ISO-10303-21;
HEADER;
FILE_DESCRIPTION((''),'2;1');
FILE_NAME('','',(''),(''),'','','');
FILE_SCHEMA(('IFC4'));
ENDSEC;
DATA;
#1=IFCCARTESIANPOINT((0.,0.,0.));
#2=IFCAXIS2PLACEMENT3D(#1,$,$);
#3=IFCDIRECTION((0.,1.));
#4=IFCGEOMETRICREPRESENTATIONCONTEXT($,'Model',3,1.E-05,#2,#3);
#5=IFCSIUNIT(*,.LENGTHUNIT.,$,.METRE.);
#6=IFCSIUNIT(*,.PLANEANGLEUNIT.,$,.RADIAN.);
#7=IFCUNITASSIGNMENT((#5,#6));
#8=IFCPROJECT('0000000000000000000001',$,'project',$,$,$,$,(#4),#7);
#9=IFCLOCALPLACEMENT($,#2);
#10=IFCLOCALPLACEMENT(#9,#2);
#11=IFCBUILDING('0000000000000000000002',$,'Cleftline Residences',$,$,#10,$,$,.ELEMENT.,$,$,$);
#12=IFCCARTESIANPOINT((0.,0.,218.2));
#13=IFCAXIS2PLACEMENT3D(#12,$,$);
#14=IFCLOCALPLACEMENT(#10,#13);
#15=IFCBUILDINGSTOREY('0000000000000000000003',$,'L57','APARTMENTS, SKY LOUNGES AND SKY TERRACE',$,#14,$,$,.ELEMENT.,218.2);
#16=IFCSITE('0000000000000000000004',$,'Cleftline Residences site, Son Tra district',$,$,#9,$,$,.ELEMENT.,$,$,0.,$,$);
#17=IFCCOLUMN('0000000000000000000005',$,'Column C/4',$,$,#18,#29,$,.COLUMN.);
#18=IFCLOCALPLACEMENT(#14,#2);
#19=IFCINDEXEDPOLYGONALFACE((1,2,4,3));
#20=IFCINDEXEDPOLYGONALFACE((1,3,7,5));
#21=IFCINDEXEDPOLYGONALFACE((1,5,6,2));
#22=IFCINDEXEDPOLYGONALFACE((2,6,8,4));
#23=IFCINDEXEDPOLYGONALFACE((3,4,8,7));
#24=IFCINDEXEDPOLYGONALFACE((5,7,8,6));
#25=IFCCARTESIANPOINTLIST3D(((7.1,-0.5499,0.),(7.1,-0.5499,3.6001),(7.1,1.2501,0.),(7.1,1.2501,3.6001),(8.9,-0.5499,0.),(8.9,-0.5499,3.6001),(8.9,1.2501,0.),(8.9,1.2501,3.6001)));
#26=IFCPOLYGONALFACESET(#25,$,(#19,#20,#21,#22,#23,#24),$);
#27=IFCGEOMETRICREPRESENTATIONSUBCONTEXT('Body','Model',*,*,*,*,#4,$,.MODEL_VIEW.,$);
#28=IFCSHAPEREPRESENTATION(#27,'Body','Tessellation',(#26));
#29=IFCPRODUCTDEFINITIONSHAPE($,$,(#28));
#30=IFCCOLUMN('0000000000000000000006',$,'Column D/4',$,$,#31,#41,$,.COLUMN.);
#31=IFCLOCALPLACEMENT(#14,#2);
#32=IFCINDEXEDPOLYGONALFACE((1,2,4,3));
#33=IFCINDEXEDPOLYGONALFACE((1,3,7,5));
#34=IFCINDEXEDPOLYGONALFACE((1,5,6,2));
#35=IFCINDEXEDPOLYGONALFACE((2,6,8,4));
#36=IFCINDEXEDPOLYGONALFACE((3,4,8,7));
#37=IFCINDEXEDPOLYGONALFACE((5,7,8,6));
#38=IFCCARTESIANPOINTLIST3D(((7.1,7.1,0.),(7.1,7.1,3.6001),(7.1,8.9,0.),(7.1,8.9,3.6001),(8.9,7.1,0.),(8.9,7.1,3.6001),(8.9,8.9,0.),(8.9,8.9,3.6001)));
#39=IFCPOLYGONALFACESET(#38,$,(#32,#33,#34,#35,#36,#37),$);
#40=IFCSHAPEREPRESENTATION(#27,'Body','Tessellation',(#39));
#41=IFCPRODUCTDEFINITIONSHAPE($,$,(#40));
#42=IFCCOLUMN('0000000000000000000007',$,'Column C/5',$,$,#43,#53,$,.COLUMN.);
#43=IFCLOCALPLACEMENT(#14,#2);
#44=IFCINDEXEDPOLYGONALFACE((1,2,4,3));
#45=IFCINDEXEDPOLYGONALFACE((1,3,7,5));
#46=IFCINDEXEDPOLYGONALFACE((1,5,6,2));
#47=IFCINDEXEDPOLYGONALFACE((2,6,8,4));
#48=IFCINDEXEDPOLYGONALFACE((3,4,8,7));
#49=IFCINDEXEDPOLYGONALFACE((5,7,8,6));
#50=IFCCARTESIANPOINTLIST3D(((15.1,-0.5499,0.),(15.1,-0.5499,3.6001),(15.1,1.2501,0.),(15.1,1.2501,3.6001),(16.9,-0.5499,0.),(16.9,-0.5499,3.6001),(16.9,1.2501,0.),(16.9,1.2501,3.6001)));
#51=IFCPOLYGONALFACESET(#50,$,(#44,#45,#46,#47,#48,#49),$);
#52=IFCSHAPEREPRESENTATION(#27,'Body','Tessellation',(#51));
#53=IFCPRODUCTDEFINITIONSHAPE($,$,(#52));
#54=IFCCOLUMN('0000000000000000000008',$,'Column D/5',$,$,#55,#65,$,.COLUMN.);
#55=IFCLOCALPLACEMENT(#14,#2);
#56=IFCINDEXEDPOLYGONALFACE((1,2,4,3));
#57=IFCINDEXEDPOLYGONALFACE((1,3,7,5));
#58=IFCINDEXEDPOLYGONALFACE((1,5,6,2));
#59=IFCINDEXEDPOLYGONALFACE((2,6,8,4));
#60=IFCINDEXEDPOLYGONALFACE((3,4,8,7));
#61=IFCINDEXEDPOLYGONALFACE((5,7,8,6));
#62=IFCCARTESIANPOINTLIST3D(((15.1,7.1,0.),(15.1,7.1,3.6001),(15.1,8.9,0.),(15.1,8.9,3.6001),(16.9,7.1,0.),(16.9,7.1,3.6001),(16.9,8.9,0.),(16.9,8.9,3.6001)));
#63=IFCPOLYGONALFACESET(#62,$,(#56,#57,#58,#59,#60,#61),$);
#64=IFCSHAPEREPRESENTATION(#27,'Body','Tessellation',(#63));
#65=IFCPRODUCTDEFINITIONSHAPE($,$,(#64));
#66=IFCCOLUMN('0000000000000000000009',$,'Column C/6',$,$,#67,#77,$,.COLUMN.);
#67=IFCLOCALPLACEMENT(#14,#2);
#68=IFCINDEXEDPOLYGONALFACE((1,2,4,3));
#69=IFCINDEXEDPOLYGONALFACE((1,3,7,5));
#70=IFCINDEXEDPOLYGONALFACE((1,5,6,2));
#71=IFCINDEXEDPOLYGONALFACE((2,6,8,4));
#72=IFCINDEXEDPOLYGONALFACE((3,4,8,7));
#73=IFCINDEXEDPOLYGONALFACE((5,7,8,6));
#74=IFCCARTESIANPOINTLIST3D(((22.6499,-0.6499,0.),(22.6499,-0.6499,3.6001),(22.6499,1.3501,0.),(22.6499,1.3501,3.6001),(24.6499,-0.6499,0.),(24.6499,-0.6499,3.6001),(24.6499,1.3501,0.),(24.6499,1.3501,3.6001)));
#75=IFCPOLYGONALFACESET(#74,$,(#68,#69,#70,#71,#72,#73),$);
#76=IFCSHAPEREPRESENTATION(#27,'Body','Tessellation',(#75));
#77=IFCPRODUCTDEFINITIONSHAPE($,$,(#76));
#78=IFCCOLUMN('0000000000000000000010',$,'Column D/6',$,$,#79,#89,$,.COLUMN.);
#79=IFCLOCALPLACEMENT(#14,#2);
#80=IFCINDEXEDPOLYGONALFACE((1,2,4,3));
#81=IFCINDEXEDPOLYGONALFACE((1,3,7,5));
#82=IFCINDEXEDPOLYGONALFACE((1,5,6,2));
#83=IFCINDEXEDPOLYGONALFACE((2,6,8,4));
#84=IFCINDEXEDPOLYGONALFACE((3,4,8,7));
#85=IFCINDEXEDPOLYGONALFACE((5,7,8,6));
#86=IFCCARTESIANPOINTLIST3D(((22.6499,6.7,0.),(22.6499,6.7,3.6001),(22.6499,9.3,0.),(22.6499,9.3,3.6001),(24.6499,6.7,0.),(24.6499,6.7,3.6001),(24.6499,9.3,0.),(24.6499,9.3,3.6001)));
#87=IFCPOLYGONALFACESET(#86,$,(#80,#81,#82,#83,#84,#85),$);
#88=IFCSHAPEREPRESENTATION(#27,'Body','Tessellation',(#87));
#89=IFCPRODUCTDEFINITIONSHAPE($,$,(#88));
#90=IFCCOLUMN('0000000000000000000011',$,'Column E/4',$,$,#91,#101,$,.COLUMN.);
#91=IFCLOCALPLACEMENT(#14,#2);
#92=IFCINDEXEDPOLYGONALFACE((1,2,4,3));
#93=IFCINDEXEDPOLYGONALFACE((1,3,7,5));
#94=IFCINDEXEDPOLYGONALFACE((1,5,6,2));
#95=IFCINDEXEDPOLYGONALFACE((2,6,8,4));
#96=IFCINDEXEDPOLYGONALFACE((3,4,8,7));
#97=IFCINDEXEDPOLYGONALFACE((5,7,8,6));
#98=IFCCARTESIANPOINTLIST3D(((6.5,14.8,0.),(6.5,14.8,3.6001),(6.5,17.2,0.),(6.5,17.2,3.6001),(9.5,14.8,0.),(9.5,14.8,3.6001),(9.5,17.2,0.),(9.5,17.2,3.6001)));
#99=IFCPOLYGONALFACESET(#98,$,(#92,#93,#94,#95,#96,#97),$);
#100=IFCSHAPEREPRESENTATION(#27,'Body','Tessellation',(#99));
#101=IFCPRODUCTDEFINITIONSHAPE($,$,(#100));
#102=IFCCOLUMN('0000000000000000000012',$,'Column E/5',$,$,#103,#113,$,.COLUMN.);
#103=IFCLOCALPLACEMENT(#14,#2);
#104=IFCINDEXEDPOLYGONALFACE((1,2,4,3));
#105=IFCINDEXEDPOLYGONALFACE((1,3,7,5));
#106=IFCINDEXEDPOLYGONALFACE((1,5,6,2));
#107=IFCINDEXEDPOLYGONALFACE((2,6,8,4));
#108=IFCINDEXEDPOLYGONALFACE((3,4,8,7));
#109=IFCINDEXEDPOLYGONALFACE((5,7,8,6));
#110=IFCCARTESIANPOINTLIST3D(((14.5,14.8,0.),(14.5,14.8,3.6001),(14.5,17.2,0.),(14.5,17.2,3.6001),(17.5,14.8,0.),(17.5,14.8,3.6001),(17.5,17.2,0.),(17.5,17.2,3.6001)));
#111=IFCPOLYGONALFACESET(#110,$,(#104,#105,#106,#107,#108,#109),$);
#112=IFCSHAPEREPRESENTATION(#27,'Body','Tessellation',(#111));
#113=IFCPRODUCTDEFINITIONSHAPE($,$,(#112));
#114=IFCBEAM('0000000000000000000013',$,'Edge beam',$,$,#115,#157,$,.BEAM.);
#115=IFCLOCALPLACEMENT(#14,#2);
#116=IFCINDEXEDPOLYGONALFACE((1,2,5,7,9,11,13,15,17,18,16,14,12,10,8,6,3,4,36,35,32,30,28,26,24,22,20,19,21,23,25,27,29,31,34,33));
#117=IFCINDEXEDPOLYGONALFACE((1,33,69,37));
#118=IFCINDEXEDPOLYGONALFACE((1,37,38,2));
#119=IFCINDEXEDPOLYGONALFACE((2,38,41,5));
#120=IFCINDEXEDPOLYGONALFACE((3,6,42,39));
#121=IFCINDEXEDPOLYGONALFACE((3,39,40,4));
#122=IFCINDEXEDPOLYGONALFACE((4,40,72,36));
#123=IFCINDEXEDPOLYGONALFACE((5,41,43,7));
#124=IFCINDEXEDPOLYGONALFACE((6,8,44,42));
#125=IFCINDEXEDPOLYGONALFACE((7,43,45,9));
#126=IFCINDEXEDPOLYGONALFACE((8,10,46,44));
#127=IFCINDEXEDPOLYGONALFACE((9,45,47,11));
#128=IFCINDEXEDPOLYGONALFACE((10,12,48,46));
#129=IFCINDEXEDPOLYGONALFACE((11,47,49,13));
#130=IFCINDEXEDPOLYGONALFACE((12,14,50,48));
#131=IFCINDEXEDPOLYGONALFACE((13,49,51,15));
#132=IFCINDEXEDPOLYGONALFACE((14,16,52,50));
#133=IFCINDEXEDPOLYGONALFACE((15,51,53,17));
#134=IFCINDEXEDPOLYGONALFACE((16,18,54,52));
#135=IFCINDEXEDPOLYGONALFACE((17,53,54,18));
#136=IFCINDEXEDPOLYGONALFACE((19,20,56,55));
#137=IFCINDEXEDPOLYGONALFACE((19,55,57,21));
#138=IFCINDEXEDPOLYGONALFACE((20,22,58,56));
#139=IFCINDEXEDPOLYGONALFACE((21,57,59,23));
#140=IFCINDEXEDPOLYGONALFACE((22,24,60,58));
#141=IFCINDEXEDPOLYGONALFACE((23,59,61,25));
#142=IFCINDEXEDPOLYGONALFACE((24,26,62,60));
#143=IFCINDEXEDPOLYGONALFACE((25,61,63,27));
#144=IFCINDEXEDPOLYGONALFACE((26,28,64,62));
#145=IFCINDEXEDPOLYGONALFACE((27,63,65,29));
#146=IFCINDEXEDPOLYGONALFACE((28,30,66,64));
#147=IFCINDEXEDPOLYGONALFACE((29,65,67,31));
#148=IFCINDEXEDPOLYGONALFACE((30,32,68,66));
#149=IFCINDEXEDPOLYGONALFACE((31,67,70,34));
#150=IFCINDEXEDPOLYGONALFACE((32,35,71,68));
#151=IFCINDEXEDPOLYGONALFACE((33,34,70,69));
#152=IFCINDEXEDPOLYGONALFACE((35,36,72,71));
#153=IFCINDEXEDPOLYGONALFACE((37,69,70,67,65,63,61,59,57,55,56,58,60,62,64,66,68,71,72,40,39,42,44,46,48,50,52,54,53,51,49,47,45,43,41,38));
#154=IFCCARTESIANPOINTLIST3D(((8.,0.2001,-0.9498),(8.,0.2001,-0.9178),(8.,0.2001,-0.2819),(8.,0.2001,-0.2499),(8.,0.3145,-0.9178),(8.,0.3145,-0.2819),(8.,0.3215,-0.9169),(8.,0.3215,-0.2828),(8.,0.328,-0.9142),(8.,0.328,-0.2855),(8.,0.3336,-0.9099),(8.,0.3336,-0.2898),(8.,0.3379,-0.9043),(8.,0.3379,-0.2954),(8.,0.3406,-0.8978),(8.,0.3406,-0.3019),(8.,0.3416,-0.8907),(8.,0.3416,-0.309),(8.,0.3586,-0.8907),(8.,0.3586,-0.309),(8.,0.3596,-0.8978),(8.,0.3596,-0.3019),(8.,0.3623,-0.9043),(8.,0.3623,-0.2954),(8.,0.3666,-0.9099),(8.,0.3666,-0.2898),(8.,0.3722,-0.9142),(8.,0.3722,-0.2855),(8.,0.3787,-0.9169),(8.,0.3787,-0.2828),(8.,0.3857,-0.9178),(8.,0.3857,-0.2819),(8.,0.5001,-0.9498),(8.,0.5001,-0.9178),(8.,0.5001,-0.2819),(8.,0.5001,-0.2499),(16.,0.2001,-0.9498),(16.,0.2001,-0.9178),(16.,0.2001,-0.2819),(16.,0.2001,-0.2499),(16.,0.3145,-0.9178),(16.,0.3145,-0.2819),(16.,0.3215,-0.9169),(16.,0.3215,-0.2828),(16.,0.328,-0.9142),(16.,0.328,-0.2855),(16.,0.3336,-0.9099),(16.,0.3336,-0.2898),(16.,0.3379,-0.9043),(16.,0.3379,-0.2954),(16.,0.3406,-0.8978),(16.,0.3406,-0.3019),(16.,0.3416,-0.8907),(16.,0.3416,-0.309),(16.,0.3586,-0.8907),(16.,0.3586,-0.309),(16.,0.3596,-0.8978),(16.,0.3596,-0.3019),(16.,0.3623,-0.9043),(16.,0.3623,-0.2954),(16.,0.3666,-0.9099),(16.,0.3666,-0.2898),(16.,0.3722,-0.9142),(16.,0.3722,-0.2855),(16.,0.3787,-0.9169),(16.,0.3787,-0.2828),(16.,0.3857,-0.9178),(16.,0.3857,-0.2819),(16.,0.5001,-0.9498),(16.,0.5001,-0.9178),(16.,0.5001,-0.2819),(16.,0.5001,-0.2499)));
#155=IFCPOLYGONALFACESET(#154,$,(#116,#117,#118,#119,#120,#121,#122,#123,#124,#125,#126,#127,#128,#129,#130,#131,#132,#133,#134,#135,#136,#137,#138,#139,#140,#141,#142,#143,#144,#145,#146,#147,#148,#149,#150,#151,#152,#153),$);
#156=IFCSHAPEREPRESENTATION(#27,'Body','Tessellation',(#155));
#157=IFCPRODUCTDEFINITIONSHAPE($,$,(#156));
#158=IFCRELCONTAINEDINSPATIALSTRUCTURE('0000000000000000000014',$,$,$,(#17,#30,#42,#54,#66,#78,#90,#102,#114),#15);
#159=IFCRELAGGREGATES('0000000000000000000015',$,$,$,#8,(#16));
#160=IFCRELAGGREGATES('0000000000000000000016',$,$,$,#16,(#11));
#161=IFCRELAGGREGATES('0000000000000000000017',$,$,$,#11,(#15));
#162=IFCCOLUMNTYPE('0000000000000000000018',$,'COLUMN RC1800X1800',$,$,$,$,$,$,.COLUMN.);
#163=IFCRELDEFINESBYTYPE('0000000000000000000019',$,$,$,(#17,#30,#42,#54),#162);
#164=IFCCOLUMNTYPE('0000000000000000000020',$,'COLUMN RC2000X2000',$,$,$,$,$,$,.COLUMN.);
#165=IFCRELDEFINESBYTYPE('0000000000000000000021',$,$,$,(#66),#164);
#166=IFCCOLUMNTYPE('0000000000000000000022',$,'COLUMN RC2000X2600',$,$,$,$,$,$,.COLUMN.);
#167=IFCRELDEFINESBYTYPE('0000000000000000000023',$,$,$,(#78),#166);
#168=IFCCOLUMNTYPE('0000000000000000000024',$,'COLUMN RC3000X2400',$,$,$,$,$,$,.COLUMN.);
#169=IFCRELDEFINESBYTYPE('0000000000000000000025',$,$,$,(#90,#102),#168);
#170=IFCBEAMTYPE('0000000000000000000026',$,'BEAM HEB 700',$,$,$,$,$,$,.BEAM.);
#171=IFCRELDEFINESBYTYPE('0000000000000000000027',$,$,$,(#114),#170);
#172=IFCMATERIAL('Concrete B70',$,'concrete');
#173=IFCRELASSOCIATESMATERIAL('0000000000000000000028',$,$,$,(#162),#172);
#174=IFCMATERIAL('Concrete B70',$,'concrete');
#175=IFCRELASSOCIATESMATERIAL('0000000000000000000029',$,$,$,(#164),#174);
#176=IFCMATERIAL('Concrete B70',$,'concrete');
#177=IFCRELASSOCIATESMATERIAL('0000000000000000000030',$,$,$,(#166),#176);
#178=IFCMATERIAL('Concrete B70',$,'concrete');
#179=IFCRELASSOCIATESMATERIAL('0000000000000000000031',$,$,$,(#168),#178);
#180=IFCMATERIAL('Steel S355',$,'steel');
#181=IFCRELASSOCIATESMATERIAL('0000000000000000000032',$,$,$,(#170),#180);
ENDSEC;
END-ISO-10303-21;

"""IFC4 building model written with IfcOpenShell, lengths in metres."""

from ifc_helpers import new_model, si_unit, direction, frame, origin, origin_2d, place, context, subcontext, project, spatial, rectangle, i_section, extrude, material, material_profile, profile_set, type_object, element, save


model = new_model("IFC4")

# Units and contexts
model_context = context("Model", 3, precision=1e-05, world=origin(), true_north=direction((0.0, 1.0)))
body_context = subcontext(model_context, "Body", "Model", "MODEL_VIEW")
ifc_project = project(units=[si_unit("LENGTHUNIT", "METRE"), si_unit("PLANEANGLEUNIT", "RADIAN")], contexts=[model_context])

# Site, building, storey
site_placement = place(None, origin())
site = spatial("IfcSite", under=ifc_project, at=site_placement, Name="Cleftline Residences site, Son Tra district", CompositionType="ELEMENT", RefElevation=0.0)
building_placement = place(site_placement, origin())
building = spatial("IfcBuilding", under=site, at=building_placement, Name="Cleftline Residences", CompositionType="ELEMENT")
storey_placement = place(building_placement, frame((0.0, 0.0, 218.2)))
storey = spatial("IfcBuildingStorey", under=building, at=storey_placement, Name="L57", Description="APARTMENTS, SKY LOUNGES AND SKY TERRACE", CompositionType="ELEMENT", Elevation=218.2)

# Columns
ifc_material_1 = material(Name="Concrete B70", Category="concrete")
ifc_material_profile_1 = material_profile(ifc_material_1, rectangle(XDim=1.8, YDim=1.8, at=origin_2d()))
ifc_profile_set_1 = profile_set([ifc_material_profile_1], Name="Concrete B70")
column_type_1 = type_object("IfcColumnType", Name="COLUMN RC1800X1800", PredefinedType="COLUMN", material=ifc_profile_set_1)
for number, where, z_axis, x_axis, name in (
    (1, (8.0, 0.3501, 0.0), (0.0, 0.0, 1.0), (1.0, 0.0, 0.0), "Column C/4"),
    (2, (8.0, 8.0, 0.0), (0.0, 0.0, 1.0), (1.0, 0.0, 0.0), "Column D/4"),
    (3, (16.0, 0.3501, 0.0), (0.0, 0.0, 1.0), (1.0, 0.0, 0.0), "Column C/5"),
    (4, (16.0, 8.0, 0.0), (0.0, 0.0, 1.0), (1.0, 0.0, 0.0), "Column D/5"),
):
    element("IfcColumn", number, at=place(storey_placement, frame(where, z_axis=z_axis, x_axis=x_axis)), inside=storey, type_object=column_type_1, Name=name, PredefinedType="COLUMN", context=body_context, shape_type="SweptSolid", body=[
        extrude(rectangle(XDim=1.8, YDim=1.8, at=origin_2d()), origin(), (0.0, 0.0, 1.0), 3.6001),
    ])
ifc_material_2 = material(Name="Concrete B70", Category="concrete")
ifc_material_profile_2 = material_profile(ifc_material_2, rectangle(XDim=2.0, YDim=2.0, at=origin_2d()))
ifc_profile_set_2 = profile_set([ifc_material_profile_2], Name="Concrete B70")
column_type_2 = type_object("IfcColumnType", Name="COLUMN RC2000X2000", PredefinedType="COLUMN", material=ifc_profile_set_2)
column_1_placement = place(storey_placement, frame((23.6499, 0.3501, 0.0), z_axis=(0.0, 0.0, 1.0), x_axis=(1.0, 0.0, 0.0)))
element("IfcColumn", 5, at=column_1_placement, inside=storey, type_object=column_type_2, Name="Column C/6", PredefinedType="COLUMN", context=body_context, shape_type="SweptSolid", body=[
    extrude(rectangle(XDim=2.0, YDim=2.0, at=origin_2d()), origin(), (0.0, 0.0, 1.0), 3.6001),
])
ifc_material_3 = material(Name="Concrete B70", Category="concrete")
ifc_material_profile_3 = material_profile(ifc_material_3, rectangle(XDim=2.0, YDim=2.6001, at=origin_2d()))
ifc_profile_set_3 = profile_set([ifc_material_profile_3], Name="Concrete B70")
column_type_3 = type_object("IfcColumnType", Name="COLUMN RC2000X2600", PredefinedType="COLUMN", material=ifc_profile_set_3)
column_2_placement = place(storey_placement, frame((23.6499, 8.0, 0.0), z_axis=(0.0, 0.0, 1.0), x_axis=(1.0, 0.0, 0.0)))
element("IfcColumn", 6, at=column_2_placement, inside=storey, type_object=column_type_3, Name="Column D/6", PredefinedType="COLUMN", context=body_context, shape_type="SweptSolid", body=[
    extrude(rectangle(XDim=2.0, YDim=2.6001, at=origin_2d()), origin(), (0.0, 0.0, 1.0), 3.6001),
])
ifc_material_4 = material(Name="Concrete B70", Category="concrete")
ifc_material_profile_4 = material_profile(ifc_material_4, rectangle(XDim=3.0, YDim=2.3999, at=origin_2d()))
ifc_profile_set_4 = profile_set([ifc_material_profile_4], Name="Concrete B70")
column_type_4 = type_object("IfcColumnType", Name="COLUMN RC3000X2400", PredefinedType="COLUMN", material=ifc_profile_set_4)
for number, where, z_axis, x_axis, name in (
    (7, (8.0, 16.0, 0.0), (0.0, 0.0, 1.0), (1.0, 0.0, 0.0), "Column E/4"),
    (8, (16.0, 16.0, 0.0), (0.0, 0.0, 1.0), (1.0, 0.0, 0.0), "Column E/5"),
):
    element("IfcColumn", number, at=place(storey_placement, frame(where, z_axis=z_axis, x_axis=x_axis)), inside=storey, type_object=column_type_4, Name=name, PredefinedType="COLUMN", context=body_context, shape_type="SweptSolid", body=[
        extrude(rectangle(XDim=3.0, YDim=2.3999, at=origin_2d()), origin(), (0.0, 0.0, 1.0), 3.6001),
    ])

# Beam
ifc_material_5 = material(Name="Steel S355", Category="steel")
ifc_material_profile_5 = material_profile(ifc_material_5, i_section(OverallWidth=0.3, OverallDepth=0.7, WebThickness=0.0171, FlangeThickness=0.032, FilletRadius=0.0271, at=origin_2d()))
ifc_profile_set_5 = profile_set([ifc_material_profile_5], Name="Steel S355")
beam_type_1 = type_object("IfcBeamType", Name="BEAM HEB 700", PredefinedType="BEAM", material=ifc_profile_set_5)
beam_1_placement = place(storey_placement, frame((8.0, 0.3501, -0.5999), z_axis=(1.0, 0.0, 0.0), x_axis=(0.0, 1.0, 0.0)))
element("IfcBeam", 9, at=beam_1_placement, inside=storey, type_object=beam_type_1, Name="Edge beam", PredefinedType="BEAM", context=body_context, shape_type="SweptSolid", body=[
    extrude(i_section(OverallWidth=0.3, OverallDepth=0.7, WebThickness=0.0171, FlangeThickness=0.032, FilletRadius=0.0271, at=origin_2d()), origin(), (0.0, 0.0, 1.0), 8.0),
])

save(model, "model.ifc")
